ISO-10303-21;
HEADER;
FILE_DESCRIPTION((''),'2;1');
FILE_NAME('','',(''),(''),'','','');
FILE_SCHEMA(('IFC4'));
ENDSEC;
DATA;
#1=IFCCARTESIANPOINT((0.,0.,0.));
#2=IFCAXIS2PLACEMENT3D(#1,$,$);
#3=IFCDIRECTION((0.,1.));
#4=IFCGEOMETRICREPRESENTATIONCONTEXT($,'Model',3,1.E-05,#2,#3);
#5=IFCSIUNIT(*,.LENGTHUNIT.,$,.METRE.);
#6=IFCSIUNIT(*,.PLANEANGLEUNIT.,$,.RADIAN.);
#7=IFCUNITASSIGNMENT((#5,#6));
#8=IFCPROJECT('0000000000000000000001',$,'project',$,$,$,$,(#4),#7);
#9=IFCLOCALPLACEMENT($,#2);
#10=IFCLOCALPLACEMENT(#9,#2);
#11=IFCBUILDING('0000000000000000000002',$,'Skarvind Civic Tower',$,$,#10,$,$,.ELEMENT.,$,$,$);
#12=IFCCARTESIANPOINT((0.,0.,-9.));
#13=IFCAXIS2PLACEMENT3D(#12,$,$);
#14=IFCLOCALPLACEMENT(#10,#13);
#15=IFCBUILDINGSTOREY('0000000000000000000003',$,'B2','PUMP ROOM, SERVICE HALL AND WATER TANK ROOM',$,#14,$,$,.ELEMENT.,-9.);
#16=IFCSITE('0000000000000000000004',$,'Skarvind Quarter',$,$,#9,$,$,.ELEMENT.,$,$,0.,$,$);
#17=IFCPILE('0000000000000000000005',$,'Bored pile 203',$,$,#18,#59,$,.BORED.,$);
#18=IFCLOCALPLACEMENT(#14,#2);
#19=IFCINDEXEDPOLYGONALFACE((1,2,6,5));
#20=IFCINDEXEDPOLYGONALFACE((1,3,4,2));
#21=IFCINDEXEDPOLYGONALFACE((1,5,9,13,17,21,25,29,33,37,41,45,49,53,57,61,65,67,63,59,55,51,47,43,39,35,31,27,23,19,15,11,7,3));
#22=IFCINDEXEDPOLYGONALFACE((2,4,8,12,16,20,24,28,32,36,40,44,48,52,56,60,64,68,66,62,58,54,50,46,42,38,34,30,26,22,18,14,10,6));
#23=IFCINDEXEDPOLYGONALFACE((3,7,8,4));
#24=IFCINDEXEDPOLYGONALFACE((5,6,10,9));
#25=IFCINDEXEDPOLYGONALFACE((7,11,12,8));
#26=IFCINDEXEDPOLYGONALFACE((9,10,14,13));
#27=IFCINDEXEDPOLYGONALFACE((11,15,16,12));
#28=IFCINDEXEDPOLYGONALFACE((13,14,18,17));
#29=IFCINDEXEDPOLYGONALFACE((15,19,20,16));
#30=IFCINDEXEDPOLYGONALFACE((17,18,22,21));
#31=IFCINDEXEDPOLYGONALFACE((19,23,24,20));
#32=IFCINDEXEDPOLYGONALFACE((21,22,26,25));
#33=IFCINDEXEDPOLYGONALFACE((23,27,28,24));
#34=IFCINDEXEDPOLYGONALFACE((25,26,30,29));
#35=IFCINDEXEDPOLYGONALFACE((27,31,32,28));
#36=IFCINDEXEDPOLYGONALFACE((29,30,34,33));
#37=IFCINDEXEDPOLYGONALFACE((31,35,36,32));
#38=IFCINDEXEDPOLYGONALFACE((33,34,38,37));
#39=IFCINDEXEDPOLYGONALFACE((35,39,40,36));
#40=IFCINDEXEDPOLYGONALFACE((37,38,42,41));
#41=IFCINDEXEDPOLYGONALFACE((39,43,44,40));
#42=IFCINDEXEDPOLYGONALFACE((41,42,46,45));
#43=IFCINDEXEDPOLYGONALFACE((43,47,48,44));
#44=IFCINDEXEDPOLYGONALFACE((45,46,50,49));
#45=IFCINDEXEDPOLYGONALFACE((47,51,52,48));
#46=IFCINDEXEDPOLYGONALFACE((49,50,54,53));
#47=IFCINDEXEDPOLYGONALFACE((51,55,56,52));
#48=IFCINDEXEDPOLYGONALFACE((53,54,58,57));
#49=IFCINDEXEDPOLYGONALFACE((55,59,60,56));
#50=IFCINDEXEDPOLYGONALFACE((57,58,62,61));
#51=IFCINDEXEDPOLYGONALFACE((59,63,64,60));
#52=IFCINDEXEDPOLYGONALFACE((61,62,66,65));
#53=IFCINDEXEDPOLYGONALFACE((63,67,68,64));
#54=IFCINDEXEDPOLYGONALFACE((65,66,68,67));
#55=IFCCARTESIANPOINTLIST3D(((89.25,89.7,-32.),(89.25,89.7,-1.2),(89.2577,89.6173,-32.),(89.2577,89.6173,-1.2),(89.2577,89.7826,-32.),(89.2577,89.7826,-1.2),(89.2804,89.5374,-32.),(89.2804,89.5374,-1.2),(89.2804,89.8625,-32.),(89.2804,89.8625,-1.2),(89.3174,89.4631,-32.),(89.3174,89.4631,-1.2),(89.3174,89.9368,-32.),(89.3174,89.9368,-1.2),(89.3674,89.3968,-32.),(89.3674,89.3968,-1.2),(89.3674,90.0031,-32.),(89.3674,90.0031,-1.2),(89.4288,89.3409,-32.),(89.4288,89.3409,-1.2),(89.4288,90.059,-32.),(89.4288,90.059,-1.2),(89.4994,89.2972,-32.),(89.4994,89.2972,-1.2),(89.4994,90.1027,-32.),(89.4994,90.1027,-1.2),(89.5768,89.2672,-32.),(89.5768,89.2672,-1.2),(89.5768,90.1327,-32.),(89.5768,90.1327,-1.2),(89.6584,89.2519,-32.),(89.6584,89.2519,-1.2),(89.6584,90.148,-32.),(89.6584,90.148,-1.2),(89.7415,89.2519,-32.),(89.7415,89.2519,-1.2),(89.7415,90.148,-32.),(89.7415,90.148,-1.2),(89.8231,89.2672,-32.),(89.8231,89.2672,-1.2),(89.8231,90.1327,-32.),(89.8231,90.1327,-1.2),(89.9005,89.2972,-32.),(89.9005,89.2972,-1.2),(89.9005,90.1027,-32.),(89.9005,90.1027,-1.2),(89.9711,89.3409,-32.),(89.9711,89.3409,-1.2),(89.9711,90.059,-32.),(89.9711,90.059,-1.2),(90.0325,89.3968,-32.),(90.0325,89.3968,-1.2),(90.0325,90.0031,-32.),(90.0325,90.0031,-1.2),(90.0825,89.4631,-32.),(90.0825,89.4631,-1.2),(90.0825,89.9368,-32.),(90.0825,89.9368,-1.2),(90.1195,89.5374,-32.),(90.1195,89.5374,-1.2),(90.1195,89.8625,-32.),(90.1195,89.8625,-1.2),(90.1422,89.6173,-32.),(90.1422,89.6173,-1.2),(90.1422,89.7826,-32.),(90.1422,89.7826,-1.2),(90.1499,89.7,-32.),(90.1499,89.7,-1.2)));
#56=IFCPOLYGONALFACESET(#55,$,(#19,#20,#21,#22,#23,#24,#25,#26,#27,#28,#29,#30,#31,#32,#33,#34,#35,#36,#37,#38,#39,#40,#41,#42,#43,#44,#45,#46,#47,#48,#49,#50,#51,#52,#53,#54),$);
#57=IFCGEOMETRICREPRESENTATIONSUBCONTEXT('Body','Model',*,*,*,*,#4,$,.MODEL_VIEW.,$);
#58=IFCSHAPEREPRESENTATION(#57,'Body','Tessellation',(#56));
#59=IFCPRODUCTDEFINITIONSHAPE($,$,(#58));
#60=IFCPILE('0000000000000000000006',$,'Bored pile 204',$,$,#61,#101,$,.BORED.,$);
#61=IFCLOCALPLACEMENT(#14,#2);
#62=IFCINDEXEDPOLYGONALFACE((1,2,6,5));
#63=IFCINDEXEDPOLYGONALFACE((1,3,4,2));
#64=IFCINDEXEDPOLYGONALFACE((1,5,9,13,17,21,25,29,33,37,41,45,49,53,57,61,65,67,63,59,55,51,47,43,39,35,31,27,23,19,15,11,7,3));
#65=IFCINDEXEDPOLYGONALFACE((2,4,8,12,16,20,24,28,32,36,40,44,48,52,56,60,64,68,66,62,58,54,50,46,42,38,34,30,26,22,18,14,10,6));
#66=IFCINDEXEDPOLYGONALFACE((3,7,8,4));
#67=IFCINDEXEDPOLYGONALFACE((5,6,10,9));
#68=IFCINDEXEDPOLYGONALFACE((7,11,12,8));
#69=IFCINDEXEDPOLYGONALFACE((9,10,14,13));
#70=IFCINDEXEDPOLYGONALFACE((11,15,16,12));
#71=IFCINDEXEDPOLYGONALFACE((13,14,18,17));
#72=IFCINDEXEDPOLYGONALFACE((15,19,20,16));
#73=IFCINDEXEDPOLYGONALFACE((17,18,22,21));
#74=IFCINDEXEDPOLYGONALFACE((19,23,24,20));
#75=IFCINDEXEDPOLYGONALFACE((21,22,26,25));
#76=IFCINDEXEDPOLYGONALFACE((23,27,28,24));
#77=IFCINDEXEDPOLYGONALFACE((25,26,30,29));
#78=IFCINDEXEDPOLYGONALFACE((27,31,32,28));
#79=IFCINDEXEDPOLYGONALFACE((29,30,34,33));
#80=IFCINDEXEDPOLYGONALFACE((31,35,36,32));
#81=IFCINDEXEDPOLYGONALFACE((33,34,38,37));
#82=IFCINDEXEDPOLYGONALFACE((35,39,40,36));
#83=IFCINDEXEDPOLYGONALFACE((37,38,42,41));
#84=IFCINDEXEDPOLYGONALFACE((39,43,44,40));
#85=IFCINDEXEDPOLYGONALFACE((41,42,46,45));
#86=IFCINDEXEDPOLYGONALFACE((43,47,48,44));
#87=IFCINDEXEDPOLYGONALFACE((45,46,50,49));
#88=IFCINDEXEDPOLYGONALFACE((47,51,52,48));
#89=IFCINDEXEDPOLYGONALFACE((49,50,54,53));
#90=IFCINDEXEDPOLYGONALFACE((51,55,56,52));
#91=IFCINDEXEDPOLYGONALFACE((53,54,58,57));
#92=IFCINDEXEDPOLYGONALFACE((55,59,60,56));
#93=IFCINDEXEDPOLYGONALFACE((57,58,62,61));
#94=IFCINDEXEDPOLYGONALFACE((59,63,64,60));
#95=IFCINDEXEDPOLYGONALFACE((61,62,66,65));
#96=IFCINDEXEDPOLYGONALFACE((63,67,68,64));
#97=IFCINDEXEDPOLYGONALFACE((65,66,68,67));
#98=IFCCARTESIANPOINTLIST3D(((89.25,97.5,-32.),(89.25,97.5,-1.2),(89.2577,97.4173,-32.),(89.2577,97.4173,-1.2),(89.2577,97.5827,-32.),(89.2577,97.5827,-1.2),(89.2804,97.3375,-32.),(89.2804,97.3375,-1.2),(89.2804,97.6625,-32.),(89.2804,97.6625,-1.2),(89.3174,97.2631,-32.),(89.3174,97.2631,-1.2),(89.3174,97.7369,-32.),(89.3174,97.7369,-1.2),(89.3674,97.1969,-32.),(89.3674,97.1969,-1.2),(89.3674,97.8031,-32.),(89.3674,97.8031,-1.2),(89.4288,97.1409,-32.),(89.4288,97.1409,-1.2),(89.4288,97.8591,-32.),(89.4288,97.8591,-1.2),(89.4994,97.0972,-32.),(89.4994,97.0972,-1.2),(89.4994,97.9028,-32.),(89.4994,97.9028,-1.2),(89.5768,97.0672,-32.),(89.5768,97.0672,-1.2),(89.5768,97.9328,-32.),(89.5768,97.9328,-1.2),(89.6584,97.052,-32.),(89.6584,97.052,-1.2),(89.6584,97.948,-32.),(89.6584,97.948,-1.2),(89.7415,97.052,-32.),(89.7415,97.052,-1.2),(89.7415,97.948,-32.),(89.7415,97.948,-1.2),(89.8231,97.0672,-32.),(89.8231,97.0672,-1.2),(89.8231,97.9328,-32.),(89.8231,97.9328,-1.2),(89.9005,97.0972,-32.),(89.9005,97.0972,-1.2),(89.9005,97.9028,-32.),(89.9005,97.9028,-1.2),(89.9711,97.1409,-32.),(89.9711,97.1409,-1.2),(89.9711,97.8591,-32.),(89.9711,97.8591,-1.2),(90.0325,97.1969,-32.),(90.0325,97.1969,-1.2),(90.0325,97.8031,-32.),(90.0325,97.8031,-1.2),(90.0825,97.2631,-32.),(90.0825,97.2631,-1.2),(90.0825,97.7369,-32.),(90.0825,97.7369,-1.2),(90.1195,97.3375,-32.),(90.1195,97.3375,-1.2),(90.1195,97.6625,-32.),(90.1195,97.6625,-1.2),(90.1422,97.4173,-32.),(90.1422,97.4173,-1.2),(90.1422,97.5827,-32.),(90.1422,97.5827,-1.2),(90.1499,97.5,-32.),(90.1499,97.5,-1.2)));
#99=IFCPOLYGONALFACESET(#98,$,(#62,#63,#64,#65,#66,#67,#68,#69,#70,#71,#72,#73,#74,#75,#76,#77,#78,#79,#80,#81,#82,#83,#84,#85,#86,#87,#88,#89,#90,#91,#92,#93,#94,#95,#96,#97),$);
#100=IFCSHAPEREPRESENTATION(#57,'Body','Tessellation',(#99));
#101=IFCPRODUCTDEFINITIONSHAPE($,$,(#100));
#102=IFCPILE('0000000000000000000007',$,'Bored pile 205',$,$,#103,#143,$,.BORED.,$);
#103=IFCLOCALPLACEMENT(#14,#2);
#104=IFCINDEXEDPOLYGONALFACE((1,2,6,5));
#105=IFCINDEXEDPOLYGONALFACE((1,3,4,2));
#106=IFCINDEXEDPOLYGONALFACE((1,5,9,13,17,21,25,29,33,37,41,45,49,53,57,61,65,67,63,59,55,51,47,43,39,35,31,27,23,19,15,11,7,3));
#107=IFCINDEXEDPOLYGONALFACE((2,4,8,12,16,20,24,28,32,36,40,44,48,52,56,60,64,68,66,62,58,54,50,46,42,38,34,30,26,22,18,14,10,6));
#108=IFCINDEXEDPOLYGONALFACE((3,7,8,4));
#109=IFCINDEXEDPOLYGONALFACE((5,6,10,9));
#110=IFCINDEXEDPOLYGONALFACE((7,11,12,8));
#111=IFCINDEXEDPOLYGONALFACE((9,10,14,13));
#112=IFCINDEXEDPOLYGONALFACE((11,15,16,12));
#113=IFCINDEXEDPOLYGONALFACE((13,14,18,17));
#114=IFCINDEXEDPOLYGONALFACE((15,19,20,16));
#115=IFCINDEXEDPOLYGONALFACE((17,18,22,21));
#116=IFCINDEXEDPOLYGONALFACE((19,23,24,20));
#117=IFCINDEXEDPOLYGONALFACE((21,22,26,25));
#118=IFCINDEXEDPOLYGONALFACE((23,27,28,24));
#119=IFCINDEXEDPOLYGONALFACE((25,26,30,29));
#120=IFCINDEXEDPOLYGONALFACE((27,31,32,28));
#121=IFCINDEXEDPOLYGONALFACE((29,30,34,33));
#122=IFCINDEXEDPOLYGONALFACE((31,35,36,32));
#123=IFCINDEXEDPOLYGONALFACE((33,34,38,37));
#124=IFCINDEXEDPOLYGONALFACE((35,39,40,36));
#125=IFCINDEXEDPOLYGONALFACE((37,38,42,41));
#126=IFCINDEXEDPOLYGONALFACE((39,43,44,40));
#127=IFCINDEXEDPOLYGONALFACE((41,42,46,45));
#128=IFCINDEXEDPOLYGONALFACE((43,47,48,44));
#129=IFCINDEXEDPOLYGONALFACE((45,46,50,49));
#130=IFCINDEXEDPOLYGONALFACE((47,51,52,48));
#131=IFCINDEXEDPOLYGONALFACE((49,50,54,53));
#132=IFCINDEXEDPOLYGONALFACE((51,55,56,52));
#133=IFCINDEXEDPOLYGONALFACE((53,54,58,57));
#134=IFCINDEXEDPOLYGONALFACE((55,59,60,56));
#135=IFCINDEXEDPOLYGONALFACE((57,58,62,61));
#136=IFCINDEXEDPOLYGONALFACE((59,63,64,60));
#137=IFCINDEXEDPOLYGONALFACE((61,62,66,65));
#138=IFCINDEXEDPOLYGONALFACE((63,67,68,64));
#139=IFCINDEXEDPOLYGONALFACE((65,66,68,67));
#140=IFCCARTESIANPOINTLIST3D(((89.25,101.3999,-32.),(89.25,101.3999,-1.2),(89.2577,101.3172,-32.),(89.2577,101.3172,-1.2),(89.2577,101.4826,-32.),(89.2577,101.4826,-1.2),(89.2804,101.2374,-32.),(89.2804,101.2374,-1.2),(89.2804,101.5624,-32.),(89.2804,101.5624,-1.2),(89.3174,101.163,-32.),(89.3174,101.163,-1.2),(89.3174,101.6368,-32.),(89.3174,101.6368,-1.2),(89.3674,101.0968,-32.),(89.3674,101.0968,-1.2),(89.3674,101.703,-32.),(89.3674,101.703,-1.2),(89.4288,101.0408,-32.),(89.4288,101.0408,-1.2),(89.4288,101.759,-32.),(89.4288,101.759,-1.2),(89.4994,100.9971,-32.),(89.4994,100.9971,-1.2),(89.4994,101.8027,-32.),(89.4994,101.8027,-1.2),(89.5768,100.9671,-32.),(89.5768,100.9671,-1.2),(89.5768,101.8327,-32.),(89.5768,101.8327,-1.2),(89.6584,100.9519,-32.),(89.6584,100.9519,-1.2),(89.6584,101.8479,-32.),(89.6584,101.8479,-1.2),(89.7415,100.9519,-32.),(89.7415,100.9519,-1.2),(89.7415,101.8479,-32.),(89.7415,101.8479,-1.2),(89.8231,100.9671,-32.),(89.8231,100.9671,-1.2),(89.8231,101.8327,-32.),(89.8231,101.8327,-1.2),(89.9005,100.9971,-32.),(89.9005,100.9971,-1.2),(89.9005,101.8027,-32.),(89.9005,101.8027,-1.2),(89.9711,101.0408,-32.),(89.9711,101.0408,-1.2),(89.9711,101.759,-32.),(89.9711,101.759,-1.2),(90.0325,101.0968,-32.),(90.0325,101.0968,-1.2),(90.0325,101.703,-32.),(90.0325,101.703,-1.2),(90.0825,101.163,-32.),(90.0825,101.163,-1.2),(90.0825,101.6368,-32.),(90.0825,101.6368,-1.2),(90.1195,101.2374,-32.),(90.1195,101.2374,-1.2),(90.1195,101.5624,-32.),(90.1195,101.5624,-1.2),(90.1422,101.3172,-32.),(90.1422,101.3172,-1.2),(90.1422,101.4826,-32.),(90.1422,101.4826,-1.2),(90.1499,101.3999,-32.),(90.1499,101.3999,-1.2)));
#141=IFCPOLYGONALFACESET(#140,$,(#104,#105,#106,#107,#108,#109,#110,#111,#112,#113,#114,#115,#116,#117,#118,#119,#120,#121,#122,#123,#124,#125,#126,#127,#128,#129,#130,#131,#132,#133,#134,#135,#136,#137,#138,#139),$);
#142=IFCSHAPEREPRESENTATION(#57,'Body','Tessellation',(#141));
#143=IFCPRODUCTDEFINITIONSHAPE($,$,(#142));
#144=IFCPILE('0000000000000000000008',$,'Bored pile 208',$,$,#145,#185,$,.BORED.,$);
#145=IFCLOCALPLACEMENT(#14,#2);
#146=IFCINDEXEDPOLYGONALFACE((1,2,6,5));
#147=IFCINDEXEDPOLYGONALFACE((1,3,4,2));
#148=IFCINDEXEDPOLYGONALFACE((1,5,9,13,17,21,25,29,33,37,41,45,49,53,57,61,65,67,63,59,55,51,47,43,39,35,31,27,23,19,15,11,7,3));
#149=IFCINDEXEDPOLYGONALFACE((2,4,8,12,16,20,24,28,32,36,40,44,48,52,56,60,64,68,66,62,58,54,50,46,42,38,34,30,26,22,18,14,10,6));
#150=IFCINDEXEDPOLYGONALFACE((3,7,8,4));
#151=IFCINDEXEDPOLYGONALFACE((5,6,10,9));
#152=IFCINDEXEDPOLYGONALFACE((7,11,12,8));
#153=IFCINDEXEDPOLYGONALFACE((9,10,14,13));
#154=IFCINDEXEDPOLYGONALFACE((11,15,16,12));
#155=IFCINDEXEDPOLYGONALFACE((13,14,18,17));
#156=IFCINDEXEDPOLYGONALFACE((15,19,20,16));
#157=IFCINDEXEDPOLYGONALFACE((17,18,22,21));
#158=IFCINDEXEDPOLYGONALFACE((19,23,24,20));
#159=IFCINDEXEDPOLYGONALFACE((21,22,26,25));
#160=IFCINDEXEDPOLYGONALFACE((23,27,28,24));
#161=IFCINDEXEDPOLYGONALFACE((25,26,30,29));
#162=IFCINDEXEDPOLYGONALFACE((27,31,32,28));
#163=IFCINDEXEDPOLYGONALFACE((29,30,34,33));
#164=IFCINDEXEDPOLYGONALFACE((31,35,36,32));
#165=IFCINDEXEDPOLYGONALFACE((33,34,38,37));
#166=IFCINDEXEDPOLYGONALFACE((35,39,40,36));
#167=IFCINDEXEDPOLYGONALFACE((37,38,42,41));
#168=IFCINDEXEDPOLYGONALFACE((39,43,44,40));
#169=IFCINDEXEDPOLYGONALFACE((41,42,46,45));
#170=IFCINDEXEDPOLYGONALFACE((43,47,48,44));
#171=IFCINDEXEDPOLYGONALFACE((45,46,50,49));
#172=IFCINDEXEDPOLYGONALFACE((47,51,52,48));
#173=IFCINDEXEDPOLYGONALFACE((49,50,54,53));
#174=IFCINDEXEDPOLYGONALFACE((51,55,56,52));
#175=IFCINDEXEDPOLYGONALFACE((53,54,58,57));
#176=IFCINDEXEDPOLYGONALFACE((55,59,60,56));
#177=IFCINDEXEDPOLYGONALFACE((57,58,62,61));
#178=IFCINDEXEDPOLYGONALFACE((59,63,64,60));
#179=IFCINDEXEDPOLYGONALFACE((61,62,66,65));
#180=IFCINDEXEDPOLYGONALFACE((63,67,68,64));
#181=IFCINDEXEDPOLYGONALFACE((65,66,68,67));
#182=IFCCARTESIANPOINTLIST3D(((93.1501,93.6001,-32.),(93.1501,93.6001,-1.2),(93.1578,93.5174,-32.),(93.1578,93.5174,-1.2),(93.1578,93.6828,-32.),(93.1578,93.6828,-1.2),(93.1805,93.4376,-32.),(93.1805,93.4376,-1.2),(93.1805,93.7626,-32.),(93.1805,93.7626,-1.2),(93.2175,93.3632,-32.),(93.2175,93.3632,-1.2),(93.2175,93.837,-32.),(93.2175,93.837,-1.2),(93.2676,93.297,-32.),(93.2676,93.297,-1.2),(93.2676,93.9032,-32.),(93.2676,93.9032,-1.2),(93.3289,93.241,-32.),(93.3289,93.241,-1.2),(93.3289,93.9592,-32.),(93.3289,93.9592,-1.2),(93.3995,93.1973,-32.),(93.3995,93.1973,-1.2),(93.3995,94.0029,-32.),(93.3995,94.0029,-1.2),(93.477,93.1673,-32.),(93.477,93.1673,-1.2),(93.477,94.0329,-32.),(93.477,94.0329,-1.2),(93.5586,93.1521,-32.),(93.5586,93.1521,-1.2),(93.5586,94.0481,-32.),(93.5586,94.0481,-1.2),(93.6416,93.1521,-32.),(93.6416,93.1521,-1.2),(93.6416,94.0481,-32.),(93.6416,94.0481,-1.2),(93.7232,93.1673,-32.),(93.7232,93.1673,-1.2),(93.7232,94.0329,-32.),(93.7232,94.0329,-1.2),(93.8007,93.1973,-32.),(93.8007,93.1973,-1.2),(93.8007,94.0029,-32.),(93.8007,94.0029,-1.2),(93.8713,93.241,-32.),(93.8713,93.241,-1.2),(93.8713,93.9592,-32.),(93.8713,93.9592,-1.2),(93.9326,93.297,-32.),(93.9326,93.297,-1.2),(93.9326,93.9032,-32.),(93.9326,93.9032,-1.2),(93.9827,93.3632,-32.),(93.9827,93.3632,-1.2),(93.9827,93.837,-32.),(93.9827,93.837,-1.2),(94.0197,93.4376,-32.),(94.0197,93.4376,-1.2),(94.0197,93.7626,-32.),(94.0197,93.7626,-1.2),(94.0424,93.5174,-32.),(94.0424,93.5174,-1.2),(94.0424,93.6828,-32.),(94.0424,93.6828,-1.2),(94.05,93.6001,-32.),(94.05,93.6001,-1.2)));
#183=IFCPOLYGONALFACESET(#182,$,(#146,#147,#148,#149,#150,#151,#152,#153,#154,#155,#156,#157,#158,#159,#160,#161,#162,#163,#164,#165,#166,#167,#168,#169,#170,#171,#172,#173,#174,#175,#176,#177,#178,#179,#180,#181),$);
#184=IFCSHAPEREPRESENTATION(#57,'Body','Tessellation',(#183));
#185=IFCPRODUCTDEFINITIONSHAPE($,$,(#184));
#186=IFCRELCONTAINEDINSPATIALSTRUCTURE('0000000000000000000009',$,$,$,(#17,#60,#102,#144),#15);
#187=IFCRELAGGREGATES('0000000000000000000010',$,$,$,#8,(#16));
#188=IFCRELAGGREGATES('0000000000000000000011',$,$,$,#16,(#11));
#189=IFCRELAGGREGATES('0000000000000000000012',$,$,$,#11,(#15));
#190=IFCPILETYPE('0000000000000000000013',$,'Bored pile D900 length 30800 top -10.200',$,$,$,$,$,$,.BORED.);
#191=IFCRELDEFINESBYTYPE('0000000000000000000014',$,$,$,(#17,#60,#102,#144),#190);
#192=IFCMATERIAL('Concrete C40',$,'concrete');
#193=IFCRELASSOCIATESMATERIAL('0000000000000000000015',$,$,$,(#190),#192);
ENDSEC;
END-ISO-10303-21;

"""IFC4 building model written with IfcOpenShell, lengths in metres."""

from ifc_helpers import new_model, si_unit, direction, frame, origin, origin_2d, place, context, subcontext, project, spatial, circle, extrude, material, type_object, element, save


model = new_model("IFC4")

# Units and contexts
model_context = context("Model", 3, precision=1e-05, world=origin(), true_north=direction((0.0, 1.0)))
body_context = subcontext(model_context, "Body", "Model", "MODEL_VIEW")
ifc_project = project(units=[si_unit("LENGTHUNIT", "METRE"), si_unit("PLANEANGLEUNIT", "RADIAN")], contexts=[model_context])

# Site, building, storey
site_placement = place(None, origin())
site = spatial("IfcSite", under=ifc_project, at=site_placement, Name="Skarvind Quarter", CompositionType="ELEMENT", RefElevation=0.0)
building_placement = place(site_placement, origin())
building = spatial("IfcBuilding", under=site, at=building_placement, Name="Skarvind Civic Tower", CompositionType="ELEMENT")
storey_placement = place(building_placement, frame((0.0, 0.0, -9.0)))
storey = spatial("IfcBuildingStorey", under=building, at=storey_placement, Name="B2", Description="PUMP ROOM, SERVICE HALL AND WATER TANK ROOM", CompositionType="ELEMENT", Elevation=-9.0)

# Piles
ifc_material_1 = material(Name="Concrete C40", Category="concrete")
pile_type = type_object("IfcPileType", Name="Bored pile D900 length 30800 top -10.200", PredefinedType="BORED", material=ifc_material_1)
for number, where, z_axis, x_axis, name in (
    (1, (89.7, 89.7, -1.2), (0.0, 0.0, -1.0), (1.0, 0.0, 0.0), "Bored pile 203"),
    (2, (89.7, 97.5, -1.2), (0.0, 0.0, -1.0), (1.0, 0.0, 0.0), "Bored pile 204"),
    (3, (89.7, 101.3999, -1.2), (0.0, 0.0, -1.0), (1.0, 0.0, 0.0), "Bored pile 205"),
    (4, (93.6001, 93.6001, -1.2), (0.0, 0.0, -1.0), (1.0, 0.0, 0.0), "Bored pile 208"),
):
    element("IfcPile", number, at=place(storey_placement, frame(where, z_axis=z_axis, x_axis=x_axis)), inside=storey, type_object=pile_type, Name=name, PredefinedType="BORED", context=body_context, shape_type="SweptSolid", body=[
        extrude(circle(Radius=0.45, at=origin_2d()), origin(), (0.0, 0.0, 1.0), 30.8),
    ])

save(model, "model.ifc")
